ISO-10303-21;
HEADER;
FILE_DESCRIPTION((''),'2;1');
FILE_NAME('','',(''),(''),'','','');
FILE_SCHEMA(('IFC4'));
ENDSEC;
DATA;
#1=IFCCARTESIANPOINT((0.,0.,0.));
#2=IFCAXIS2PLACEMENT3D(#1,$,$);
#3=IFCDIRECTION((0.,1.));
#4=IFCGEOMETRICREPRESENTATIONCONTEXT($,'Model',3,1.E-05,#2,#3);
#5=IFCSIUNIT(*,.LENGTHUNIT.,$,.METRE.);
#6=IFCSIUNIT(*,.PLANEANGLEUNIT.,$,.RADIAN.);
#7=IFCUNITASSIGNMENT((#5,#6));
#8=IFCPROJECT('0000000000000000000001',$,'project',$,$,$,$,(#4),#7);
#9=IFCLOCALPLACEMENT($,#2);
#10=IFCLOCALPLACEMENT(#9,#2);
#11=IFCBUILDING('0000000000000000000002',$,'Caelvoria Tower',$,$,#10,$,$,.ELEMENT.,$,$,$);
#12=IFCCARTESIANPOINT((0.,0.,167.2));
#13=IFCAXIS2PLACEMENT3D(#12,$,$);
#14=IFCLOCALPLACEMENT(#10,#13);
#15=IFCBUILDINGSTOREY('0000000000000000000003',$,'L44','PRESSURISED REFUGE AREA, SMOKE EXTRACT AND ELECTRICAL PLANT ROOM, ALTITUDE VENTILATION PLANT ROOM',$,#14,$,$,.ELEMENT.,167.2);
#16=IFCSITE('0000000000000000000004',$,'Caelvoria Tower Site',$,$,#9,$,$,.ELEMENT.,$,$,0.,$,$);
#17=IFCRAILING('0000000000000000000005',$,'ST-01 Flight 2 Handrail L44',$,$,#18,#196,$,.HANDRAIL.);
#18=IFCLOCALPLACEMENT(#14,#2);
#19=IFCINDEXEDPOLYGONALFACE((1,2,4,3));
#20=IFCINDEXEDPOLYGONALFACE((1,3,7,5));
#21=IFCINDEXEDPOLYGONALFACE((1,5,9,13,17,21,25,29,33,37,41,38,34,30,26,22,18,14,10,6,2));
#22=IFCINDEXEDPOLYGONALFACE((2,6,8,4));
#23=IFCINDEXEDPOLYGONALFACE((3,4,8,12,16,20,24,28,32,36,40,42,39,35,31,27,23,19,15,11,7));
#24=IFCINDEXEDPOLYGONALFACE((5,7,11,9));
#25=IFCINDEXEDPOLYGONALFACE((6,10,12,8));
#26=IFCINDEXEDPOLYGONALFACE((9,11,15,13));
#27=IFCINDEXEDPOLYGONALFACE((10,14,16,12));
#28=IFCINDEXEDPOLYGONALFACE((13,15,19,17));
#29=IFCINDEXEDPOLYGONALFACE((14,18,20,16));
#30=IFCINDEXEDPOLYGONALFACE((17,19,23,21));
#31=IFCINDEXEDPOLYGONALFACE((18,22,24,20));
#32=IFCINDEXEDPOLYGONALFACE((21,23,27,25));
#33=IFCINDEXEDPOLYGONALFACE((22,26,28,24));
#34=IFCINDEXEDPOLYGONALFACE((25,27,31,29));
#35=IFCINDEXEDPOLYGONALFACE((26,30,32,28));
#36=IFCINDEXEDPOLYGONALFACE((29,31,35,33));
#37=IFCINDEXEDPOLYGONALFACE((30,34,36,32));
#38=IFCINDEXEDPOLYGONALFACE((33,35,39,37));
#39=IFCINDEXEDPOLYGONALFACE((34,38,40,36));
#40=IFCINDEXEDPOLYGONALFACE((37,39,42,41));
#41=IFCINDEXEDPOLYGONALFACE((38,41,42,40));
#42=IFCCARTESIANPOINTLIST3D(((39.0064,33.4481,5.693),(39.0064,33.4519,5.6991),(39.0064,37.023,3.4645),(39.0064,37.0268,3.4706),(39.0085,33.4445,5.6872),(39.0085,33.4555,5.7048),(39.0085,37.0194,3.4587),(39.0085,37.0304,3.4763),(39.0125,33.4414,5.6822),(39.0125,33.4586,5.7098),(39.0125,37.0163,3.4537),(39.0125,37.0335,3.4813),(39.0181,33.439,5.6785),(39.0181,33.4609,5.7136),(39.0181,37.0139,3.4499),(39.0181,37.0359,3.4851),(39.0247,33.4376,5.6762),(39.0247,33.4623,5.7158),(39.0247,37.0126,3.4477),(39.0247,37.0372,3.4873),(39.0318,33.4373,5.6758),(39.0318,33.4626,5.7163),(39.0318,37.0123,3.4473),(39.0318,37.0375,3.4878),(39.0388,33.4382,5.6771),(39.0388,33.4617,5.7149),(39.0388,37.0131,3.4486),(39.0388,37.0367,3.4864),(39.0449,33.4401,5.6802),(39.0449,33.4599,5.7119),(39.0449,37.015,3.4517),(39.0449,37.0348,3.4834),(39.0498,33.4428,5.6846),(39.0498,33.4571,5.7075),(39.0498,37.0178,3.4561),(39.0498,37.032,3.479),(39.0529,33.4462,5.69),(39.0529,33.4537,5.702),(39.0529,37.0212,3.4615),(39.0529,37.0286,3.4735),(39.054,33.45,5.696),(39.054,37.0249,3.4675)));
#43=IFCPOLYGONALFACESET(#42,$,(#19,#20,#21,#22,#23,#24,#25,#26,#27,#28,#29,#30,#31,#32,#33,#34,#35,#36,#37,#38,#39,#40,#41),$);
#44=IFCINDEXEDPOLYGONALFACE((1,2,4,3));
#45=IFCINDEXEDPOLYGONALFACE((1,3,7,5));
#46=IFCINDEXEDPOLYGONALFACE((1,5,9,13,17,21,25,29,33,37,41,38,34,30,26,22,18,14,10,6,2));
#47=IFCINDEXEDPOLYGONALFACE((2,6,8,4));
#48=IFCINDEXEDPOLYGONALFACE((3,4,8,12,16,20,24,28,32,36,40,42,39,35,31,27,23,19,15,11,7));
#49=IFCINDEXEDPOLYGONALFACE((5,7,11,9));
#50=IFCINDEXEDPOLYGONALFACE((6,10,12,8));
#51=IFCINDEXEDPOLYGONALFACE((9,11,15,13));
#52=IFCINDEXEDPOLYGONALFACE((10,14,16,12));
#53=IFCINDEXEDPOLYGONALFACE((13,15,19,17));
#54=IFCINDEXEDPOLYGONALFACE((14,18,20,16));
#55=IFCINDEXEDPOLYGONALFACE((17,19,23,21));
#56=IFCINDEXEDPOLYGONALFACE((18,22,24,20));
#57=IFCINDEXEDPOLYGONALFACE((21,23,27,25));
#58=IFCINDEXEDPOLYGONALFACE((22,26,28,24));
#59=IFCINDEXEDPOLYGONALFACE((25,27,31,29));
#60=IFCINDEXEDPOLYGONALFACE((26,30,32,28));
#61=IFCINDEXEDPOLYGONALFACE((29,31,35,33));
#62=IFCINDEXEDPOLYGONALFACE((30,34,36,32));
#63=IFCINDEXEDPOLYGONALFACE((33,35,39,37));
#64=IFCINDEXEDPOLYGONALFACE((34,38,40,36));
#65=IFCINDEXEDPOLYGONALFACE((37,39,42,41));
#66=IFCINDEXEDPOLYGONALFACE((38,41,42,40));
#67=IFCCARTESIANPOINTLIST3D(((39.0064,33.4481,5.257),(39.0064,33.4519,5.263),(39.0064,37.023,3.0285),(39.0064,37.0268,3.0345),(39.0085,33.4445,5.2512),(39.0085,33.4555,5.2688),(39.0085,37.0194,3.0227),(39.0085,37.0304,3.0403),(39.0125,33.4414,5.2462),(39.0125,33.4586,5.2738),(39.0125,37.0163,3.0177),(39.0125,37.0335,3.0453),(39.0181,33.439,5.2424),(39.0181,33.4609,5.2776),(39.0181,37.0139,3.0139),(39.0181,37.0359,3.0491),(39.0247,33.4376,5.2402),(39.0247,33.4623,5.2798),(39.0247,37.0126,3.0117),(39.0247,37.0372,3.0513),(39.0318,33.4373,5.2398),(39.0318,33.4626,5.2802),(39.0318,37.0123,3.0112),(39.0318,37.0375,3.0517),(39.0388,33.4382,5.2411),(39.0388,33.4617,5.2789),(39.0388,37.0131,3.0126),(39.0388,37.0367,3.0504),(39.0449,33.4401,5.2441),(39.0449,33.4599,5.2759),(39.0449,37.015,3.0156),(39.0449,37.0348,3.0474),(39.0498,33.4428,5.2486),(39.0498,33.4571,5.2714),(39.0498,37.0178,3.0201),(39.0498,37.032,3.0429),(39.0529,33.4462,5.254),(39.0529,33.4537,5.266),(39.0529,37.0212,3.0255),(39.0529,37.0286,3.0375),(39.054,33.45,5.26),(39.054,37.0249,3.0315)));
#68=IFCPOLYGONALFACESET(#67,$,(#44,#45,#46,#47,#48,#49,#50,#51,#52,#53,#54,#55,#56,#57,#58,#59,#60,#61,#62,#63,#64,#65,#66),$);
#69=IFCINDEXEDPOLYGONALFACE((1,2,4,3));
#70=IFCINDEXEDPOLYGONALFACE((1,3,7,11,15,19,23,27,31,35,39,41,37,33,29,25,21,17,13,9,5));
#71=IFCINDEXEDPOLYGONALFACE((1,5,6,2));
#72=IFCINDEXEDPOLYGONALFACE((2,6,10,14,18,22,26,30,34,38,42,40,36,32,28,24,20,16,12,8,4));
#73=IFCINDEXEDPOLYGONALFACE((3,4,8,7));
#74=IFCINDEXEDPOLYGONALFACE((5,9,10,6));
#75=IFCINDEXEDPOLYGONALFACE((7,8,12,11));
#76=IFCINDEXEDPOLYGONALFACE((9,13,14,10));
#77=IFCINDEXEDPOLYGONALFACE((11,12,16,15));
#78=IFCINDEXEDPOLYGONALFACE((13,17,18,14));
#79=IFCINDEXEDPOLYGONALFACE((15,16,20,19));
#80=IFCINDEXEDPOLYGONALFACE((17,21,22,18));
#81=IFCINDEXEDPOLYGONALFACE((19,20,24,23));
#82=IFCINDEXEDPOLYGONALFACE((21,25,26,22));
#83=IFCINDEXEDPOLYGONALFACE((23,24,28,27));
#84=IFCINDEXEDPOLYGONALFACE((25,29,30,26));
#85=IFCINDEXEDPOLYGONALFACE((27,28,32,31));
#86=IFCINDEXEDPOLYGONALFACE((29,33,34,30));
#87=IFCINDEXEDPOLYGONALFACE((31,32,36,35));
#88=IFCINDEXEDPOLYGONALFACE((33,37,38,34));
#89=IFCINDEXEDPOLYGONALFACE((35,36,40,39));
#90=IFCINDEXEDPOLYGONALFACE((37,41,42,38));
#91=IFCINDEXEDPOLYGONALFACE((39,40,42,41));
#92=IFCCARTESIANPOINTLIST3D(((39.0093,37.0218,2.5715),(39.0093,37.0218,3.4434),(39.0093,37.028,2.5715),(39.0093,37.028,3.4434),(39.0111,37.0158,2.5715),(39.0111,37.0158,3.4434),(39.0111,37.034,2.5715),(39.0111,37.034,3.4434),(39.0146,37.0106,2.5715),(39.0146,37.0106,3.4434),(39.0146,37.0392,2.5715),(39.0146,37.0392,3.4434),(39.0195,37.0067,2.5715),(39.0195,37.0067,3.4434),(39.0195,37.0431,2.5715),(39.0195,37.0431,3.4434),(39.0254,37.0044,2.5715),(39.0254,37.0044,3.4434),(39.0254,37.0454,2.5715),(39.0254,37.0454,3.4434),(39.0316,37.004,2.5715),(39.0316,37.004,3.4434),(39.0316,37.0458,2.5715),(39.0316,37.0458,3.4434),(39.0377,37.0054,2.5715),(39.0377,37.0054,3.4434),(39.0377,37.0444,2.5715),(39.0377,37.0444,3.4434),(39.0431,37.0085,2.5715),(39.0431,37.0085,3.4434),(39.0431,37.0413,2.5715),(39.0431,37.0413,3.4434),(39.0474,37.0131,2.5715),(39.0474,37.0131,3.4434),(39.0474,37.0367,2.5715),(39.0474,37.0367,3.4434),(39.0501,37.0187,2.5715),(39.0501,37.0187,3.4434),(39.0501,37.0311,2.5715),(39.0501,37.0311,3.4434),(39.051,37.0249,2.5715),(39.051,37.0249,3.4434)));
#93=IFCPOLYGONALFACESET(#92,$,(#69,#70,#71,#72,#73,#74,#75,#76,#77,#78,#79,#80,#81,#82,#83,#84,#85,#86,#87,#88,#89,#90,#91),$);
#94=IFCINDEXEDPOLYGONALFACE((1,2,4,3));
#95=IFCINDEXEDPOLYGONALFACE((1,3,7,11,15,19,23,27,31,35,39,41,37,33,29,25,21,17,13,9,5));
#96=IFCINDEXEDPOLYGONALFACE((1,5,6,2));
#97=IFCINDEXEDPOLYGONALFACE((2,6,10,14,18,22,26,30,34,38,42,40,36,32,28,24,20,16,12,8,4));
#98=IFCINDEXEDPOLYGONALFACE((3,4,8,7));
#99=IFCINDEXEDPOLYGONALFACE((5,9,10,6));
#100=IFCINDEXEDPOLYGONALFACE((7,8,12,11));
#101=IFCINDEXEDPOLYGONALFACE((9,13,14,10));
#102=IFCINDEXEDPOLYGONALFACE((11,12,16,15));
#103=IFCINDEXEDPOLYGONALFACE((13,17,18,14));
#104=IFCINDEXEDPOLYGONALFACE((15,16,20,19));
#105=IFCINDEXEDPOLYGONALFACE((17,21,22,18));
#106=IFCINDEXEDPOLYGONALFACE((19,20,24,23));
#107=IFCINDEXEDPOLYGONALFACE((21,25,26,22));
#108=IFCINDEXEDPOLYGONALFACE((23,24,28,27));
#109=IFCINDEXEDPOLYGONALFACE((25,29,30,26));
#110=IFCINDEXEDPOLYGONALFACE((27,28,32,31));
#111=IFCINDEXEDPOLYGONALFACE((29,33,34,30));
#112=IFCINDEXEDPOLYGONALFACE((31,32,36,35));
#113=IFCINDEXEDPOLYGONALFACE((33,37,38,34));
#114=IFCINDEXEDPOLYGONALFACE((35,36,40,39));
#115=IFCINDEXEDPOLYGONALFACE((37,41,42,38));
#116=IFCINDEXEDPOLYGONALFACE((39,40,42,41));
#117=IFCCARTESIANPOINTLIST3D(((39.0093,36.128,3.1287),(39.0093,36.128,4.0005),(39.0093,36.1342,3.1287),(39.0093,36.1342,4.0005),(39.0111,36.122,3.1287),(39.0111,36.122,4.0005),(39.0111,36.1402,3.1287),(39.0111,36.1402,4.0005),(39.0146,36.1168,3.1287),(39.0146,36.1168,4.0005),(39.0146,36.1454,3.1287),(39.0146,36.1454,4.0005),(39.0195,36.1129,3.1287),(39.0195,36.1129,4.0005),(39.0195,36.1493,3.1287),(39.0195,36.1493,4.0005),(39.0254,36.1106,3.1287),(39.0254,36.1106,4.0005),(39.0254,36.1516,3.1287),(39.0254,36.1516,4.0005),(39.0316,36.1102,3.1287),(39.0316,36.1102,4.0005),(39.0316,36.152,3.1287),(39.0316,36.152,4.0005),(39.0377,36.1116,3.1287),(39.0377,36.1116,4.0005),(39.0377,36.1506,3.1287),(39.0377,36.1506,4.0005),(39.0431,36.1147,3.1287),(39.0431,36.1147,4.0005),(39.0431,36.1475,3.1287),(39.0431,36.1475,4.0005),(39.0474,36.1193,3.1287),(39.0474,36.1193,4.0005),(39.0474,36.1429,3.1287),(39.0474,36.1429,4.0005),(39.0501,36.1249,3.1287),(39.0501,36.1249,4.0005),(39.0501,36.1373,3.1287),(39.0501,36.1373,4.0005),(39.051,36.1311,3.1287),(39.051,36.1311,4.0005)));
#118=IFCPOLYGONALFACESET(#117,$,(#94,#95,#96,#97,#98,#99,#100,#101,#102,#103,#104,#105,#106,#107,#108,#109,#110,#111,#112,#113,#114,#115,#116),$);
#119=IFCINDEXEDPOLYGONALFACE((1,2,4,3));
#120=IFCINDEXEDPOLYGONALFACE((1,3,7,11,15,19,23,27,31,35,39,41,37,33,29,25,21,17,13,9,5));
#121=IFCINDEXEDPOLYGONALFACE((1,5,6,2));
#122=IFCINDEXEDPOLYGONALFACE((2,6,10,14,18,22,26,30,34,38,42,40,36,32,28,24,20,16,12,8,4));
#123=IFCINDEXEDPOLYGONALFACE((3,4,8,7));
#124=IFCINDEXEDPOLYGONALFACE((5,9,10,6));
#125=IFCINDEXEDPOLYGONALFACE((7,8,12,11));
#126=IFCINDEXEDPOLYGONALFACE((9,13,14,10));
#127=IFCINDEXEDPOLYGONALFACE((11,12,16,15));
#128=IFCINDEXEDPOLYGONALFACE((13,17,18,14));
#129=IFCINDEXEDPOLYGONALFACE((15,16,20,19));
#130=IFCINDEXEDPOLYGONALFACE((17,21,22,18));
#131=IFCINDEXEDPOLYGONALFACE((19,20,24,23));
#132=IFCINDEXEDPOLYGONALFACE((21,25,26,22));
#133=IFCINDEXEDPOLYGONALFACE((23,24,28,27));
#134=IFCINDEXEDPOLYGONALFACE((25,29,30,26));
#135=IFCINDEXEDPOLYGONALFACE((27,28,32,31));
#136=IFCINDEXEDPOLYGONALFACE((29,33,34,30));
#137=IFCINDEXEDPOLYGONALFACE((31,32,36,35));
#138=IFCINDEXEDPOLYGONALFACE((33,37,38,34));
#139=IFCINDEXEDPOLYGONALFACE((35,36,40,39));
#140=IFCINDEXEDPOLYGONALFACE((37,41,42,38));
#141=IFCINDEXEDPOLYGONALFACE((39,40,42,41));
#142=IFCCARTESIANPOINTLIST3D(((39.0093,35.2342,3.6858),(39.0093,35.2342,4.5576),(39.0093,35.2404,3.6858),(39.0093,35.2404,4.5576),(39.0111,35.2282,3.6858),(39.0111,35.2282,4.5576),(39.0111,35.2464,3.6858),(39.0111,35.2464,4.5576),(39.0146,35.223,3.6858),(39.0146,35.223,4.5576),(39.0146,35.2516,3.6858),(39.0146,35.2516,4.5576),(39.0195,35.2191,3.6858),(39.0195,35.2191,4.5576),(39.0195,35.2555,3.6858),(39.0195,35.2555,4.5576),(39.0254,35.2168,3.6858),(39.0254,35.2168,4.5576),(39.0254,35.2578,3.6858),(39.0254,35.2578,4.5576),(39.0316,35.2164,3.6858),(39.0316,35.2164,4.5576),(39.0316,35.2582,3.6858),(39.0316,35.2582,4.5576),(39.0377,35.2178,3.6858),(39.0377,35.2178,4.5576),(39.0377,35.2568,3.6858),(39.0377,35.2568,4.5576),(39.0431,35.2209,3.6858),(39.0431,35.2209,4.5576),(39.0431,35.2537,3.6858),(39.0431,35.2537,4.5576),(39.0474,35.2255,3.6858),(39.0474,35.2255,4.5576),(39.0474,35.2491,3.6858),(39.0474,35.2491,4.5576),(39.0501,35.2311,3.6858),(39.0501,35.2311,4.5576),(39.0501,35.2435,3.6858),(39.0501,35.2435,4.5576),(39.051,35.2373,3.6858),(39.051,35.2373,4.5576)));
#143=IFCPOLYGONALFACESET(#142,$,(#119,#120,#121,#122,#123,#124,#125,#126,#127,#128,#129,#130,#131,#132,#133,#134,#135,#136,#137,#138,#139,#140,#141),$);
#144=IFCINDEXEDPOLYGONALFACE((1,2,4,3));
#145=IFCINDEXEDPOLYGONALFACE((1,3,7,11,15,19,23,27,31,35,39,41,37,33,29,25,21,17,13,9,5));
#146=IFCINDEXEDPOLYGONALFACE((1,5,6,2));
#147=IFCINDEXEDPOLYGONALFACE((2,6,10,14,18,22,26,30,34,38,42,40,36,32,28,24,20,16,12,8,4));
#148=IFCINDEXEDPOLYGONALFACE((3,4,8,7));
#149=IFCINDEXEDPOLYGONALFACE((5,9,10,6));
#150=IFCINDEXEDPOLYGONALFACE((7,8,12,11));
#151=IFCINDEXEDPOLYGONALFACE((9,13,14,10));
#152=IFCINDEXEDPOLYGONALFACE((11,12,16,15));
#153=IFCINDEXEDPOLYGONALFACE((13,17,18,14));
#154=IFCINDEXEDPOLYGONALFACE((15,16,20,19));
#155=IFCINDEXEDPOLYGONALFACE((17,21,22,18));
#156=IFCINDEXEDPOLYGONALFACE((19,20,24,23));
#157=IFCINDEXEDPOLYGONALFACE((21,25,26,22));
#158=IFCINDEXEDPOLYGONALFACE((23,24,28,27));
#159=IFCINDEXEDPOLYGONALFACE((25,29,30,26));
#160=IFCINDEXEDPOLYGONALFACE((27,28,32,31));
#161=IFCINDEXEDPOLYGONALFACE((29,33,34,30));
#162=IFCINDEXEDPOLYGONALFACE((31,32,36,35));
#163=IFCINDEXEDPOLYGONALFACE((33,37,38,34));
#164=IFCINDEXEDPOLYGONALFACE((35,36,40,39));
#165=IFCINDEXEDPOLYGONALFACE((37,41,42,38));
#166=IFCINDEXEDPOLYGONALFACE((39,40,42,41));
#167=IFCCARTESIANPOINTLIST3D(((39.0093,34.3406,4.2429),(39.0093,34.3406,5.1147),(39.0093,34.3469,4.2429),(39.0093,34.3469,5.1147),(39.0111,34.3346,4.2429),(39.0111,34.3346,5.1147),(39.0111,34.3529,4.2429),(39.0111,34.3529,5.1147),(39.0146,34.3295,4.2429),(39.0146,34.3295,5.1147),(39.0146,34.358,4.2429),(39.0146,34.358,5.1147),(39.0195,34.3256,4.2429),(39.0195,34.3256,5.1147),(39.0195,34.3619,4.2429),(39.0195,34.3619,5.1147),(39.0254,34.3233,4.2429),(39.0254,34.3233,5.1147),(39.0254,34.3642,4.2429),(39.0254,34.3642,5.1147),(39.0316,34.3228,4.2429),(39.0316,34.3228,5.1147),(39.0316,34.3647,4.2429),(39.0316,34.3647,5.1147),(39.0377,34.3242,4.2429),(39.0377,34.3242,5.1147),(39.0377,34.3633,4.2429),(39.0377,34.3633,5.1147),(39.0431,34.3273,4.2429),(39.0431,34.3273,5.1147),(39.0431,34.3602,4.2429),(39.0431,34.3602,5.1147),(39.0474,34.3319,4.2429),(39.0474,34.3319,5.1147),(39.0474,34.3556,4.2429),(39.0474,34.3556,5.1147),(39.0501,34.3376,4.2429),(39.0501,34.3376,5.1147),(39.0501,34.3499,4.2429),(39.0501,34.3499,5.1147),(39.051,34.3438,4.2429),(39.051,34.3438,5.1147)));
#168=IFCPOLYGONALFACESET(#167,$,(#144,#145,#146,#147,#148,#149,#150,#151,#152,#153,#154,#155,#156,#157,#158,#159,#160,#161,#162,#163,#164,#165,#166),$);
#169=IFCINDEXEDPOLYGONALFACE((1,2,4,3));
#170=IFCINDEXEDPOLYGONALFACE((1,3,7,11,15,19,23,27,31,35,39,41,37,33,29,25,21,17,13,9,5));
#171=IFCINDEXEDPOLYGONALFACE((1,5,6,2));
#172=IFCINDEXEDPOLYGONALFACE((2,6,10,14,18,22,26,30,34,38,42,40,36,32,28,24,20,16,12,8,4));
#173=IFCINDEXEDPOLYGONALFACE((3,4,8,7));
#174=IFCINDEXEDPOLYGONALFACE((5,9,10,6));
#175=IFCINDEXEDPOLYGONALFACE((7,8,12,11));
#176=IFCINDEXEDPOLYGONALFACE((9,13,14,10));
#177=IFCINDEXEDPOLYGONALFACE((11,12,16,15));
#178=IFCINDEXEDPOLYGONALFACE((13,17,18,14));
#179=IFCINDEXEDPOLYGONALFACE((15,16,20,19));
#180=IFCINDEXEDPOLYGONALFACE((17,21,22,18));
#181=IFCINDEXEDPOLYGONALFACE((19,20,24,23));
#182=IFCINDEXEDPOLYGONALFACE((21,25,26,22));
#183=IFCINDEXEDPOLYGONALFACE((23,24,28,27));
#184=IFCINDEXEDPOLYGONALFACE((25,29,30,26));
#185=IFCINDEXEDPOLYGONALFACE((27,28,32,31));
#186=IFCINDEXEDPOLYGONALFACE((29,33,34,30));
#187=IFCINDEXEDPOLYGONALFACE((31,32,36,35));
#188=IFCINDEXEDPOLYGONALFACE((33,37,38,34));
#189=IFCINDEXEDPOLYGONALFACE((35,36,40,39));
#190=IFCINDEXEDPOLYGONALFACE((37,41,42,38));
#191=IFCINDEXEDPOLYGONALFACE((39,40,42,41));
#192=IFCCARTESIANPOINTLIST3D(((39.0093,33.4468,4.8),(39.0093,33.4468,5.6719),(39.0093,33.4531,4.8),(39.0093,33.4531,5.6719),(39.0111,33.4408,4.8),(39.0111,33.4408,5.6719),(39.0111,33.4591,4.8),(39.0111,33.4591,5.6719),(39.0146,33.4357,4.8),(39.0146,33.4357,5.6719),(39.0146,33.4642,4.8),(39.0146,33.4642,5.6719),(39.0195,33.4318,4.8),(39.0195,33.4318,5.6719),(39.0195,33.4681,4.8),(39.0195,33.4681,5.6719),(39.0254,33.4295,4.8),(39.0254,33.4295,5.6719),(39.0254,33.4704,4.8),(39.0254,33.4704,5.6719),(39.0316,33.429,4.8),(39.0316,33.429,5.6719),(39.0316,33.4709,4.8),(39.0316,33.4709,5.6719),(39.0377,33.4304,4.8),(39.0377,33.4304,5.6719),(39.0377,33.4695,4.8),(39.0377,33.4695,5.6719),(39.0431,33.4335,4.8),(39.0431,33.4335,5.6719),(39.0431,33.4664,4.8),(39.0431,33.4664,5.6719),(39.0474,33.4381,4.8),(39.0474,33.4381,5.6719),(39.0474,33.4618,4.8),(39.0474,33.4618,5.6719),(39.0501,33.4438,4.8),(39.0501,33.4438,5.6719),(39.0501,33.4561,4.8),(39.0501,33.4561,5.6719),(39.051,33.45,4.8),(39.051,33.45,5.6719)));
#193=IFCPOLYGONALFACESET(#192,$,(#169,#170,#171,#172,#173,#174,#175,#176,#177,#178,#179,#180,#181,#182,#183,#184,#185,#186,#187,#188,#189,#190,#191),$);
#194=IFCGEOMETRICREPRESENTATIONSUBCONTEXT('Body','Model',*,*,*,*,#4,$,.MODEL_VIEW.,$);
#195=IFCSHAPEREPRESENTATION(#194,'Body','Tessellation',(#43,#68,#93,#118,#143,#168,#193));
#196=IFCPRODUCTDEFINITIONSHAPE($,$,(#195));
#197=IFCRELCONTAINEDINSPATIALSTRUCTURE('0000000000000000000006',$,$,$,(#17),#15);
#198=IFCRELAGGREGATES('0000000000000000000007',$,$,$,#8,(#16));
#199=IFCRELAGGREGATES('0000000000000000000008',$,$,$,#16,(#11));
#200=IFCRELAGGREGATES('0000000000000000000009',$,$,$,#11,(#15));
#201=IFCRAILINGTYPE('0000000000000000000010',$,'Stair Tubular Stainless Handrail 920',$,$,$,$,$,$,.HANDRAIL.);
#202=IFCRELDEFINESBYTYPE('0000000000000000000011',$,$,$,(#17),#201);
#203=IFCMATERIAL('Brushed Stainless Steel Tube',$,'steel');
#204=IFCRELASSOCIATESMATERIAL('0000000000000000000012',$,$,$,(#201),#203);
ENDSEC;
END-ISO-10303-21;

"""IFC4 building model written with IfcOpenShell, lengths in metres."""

from ifc_helpers import new_model, si_unit, direction, frame, origin, origin_2d, place, context, subcontext, project, spatial, circle, extrude, material, type_object, element, save


model = new_model("IFC4")

# Units and contexts
model_context = context("Model", 3, precision=1e-05, world=origin(), true_north=direction((0.0, 1.0)))
body_context = subcontext(model_context, "Body", "Model", "MODEL_VIEW")
ifc_project = project(units=[si_unit("LENGTHUNIT", "METRE"), si_unit("PLANEANGLEUNIT", "RADIAN")], contexts=[model_context])

# Site, building, storey
site_placement = place(None, origin())
site = spatial("IfcSite", under=ifc_project, at=site_placement, Name="Caelvoria Tower Site", CompositionType="ELEMENT", RefElevation=0.0)
building_placement = place(site_placement, origin())
building = spatial("IfcBuilding", under=site, at=building_placement, Name="Caelvoria Tower", CompositionType="ELEMENT")
storey_placement = place(building_placement, frame((0.0, 0.0, 167.2)))
storey = spatial("IfcBuildingStorey", under=building, at=storey_placement, Name="L44", Description="PRESSURISED REFUGE AREA, SMOKE EXTRACT AND ELECTRICAL PLANT ROOM, ALTITUDE VENTILATION PLANT ROOM", CompositionType="ELEMENT", Elevation=167.2)

# Railing
ifc_material_1 = material(Name="Brushed Stainless Steel Tube", Category="steel")
railing_type_1 = type_object("IfcRailingType", Name="Stair Tubular Stainless Handrail 920", PredefinedType="HANDRAIL", material=ifc_material_1)
railing_1_placement = place(storey_placement, frame((39.03, 37.0249, 2.5715)))
element("IfcRailing", 1, at=railing_1_placement, inside=storey, type_object=railing_type_1, Name="ST-01 Flight 2 Handrail L44", PredefinedType="HANDRAIL", context=body_context, shape_type="SweptSolid", body=[
    extrude(circle(Radius=0.0239, at=origin_2d()), frame((0.0, 0.0, 0.896), z_axis=(0.0, -0.84862, 0.529004), x_axis=(1.0, 0.0, 0.0)), (0.0, 0.0, 1.0), 4.2126),
    extrude(circle(Radius=0.0239, at=origin_2d()), frame((0.0, 0.0, 0.46), z_axis=(0.0, -0.84862, 0.529004), x_axis=(1.0, 0.0, 0.0)), (0.0, 0.0, 1.0), 4.2126),
    extrude(circle(Radius=0.021, at=origin_2d()), origin(), (0.0, 0.0, 1.0), 0.8718),
    extrude(circle(Radius=0.021, at=origin_2d()), frame((0.0, -0.8938, 0.5571)), (0.0, 0.0, 1.0), 0.8718),
    extrude(circle(Radius=0.021, at=origin_2d()), frame((0.0, -1.7876, 1.1143)), (0.0, 0.0, 1.0), 0.8718),
    extrude(circle(Radius=0.021, at=origin_2d()), frame((0.0, -2.6812, 1.6714)), (0.0, 0.0, 1.0), 0.8718),
    extrude(circle(Radius=0.021, at=origin_2d()), frame((0.0, -3.575, 2.2285)), (0.0, 0.0, 1.0), 0.8718),
])

save(model, "model.ifc")
